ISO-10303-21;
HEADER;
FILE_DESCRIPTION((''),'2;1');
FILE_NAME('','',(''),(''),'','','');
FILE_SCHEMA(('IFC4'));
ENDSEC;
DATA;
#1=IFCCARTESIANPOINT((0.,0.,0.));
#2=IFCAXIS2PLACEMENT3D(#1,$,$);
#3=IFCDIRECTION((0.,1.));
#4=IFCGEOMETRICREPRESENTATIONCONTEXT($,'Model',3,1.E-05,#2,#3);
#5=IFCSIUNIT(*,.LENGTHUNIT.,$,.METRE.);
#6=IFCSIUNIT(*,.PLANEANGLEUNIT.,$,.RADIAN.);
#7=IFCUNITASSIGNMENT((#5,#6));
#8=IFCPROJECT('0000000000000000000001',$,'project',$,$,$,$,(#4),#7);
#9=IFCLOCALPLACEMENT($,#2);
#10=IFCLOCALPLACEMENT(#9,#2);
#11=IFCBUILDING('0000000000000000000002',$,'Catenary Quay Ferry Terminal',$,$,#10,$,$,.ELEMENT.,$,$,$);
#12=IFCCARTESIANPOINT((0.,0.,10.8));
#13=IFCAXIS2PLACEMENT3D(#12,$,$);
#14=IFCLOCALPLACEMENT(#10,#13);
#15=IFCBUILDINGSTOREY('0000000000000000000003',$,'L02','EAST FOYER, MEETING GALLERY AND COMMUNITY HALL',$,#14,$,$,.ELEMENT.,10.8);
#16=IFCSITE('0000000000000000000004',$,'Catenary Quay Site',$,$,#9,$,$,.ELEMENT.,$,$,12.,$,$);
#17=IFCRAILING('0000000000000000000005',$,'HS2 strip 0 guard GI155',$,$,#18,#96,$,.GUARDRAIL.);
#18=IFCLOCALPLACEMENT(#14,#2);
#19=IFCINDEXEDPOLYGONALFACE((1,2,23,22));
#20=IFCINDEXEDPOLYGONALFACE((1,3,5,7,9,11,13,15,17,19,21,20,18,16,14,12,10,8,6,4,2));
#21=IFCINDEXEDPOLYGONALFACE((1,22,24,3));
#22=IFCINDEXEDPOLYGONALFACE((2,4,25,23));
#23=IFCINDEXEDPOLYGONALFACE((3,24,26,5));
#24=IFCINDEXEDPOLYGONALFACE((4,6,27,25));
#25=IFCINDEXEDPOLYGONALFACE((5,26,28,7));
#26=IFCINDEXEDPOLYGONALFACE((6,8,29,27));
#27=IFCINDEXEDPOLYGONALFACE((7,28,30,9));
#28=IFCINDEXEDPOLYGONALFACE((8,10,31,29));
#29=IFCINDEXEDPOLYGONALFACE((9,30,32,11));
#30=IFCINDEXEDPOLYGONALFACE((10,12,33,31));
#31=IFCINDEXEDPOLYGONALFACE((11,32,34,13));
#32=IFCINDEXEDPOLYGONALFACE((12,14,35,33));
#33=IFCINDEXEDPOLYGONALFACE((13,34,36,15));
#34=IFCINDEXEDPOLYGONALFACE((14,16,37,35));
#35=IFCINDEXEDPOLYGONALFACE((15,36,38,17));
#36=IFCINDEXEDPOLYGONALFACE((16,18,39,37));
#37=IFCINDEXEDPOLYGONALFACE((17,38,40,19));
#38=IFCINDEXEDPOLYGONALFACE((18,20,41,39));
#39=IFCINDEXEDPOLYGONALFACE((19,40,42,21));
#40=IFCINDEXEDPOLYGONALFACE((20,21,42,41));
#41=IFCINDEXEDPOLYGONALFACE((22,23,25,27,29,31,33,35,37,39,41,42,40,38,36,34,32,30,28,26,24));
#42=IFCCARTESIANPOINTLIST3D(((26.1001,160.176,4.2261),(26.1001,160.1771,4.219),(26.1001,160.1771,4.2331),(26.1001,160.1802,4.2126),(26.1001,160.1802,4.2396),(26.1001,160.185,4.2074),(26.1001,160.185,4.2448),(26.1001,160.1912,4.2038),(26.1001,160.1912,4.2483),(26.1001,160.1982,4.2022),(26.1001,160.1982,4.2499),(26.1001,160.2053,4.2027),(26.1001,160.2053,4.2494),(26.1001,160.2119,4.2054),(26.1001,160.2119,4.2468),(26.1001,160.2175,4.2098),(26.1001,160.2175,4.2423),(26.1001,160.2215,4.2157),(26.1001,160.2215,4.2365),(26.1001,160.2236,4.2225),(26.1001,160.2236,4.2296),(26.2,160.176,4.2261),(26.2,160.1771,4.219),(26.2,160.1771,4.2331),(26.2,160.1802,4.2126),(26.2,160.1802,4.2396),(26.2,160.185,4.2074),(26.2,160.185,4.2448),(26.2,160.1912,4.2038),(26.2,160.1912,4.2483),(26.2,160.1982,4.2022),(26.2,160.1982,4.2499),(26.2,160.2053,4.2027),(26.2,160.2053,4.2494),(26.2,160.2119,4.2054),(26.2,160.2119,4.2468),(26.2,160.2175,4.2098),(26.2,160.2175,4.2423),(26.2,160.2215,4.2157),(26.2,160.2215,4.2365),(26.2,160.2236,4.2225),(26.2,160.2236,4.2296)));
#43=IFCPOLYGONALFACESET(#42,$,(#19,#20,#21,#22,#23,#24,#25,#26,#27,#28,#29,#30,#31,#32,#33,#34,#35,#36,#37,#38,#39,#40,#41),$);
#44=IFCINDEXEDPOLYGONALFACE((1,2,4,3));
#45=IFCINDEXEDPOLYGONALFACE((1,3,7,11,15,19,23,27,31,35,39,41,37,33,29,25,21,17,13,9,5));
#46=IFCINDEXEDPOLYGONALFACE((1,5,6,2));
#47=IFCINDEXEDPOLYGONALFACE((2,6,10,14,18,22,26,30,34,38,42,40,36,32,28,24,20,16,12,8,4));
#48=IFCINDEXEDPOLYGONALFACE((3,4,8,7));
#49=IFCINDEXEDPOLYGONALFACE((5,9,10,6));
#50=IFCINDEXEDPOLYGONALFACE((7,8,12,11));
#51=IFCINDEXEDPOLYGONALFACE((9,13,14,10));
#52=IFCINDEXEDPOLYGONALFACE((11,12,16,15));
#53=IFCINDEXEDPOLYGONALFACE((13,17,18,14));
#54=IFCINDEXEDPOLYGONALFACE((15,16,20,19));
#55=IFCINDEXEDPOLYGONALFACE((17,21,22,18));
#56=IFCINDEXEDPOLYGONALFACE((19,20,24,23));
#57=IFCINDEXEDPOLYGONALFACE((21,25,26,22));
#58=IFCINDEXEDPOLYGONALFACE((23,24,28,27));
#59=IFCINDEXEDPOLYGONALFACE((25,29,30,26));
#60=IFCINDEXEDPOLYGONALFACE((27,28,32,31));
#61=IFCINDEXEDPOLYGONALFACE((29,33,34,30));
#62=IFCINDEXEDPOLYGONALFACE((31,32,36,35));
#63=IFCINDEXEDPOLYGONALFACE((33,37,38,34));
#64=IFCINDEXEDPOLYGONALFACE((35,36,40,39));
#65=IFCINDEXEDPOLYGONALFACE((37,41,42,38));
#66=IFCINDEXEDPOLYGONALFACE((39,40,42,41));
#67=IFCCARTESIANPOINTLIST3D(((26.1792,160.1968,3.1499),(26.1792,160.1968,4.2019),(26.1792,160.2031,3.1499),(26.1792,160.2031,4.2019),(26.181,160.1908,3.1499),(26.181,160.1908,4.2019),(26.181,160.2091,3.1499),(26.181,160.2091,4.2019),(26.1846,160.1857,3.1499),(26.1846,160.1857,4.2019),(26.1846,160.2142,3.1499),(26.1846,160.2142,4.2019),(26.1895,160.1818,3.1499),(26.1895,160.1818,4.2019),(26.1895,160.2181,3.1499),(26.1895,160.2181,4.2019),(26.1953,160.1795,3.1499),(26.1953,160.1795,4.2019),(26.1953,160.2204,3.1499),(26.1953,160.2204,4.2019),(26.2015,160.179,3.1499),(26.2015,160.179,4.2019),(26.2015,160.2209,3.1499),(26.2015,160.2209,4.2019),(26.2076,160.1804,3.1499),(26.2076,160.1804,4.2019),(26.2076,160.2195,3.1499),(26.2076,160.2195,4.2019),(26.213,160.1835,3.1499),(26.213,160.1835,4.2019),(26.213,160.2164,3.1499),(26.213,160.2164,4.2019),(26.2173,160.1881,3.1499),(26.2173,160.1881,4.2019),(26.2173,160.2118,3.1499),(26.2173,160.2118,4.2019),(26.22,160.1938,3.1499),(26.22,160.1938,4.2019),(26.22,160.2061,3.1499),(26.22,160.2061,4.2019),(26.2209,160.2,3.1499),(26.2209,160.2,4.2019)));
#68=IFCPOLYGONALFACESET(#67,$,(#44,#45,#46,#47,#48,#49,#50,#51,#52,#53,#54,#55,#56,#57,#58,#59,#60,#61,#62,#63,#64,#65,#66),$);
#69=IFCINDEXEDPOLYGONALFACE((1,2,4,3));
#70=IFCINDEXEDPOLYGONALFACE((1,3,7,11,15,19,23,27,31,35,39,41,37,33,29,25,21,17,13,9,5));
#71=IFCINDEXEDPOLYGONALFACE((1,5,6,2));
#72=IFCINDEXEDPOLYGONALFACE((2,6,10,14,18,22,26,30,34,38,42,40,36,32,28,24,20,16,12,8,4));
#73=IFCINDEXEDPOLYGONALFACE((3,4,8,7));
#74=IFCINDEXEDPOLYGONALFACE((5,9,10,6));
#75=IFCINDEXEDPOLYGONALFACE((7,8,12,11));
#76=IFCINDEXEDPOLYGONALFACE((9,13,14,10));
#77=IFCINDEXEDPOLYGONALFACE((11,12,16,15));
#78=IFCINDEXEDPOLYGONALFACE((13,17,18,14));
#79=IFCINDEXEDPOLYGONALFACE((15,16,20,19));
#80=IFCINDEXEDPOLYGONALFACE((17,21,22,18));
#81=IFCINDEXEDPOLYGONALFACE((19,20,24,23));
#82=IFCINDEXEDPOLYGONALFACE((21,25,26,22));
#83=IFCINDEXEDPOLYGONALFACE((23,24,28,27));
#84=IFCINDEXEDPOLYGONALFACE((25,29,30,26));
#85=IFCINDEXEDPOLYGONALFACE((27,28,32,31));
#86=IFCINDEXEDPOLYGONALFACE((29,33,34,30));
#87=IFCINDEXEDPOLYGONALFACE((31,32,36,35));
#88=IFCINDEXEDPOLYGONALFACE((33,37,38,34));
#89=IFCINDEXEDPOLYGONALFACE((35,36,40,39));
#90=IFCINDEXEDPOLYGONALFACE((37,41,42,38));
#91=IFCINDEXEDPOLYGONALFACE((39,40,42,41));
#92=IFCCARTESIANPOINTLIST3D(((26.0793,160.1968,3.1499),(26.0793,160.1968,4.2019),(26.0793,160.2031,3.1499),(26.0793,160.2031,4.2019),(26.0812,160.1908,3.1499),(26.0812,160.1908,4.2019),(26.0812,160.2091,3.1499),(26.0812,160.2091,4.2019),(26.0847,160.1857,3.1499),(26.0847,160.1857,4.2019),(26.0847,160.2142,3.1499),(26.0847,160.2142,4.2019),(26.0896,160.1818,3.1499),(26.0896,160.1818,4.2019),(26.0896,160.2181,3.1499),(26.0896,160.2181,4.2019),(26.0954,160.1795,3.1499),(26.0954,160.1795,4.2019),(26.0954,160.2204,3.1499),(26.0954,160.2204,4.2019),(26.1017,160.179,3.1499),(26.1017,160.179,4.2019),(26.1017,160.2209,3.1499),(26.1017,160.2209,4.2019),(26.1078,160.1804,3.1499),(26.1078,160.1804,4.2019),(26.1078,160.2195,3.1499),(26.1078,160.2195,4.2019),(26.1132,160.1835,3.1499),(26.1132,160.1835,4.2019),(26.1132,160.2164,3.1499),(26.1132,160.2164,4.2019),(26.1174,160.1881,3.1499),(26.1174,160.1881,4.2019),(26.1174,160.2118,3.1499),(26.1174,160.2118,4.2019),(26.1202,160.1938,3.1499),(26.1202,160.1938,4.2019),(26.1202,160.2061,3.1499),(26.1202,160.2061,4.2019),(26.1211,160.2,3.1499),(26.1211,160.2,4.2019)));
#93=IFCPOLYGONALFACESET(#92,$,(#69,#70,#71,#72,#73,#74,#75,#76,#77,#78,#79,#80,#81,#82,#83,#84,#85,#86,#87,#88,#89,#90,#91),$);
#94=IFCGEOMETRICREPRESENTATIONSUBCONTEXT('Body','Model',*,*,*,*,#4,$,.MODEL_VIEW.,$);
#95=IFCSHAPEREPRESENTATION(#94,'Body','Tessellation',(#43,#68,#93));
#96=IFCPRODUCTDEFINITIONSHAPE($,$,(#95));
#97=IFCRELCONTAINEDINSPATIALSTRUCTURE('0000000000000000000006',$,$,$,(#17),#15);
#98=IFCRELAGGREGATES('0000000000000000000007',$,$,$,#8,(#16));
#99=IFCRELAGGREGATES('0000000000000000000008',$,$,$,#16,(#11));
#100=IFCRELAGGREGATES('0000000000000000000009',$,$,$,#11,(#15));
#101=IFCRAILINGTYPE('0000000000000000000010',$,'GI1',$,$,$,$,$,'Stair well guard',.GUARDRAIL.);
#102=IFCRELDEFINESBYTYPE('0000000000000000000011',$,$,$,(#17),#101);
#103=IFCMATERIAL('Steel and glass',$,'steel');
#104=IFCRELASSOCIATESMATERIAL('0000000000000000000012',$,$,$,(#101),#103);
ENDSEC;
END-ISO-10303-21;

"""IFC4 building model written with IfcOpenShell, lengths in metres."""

from ifc_helpers import new_model, si_unit, direction, frame, origin, origin_2d, place, context, subcontext, project, spatial, circle, extrude, material, type_object, element, save


model = new_model("IFC4")

# Units and contexts
model_context = context("Model", 3, precision=1e-05, world=origin(), true_north=direction((0.0, 1.0)))
body_context = subcontext(model_context, "Body", "Model", "MODEL_VIEW")
ifc_project = project(units=[si_unit("LENGTHUNIT", "METRE"), si_unit("PLANEANGLEUNIT", "RADIAN")], contexts=[model_context])

# Site, building, storey
site_placement = place(None, origin())
site = spatial("IfcSite", under=ifc_project, at=site_placement, Name="Catenary Quay Site", CompositionType="ELEMENT", RefElevation=12.0)
building_placement = place(site_placement, origin())
building = spatial("IfcBuilding", under=site, at=building_placement, Name="Catenary Quay Ferry Terminal", CompositionType="ELEMENT")
storey_placement = place(building_placement, frame((0.0, 0.0, 10.8)))
storey = spatial("IfcBuildingStorey", under=building, at=storey_placement, Name="L02", Description="EAST FOYER, MEETING GALLERY AND COMMUNITY HALL", CompositionType="ELEMENT", Elevation=10.8)

# Railing
ifc_material_1 = material(Name="Steel and glass", Category="steel")
railing_type_1 = type_object("IfcRailingType", Name="GI1", ElementType="Stair well guard", PredefinedType="GUARDRAIL", material=ifc_material_1)
railing_1_placement = place(storey_placement, frame((26.2, 160.2, 3.1499)))
element("IfcRailing", 1, at=railing_1_placement, inside=storey, type_object=railing_type_1, Name="HS2 strip 0 guard GI155", PredefinedType="GUARDRAIL", context=body_context, shape_type="SweptSolid", body=[
    extrude(circle(Radius=0.0239, at=origin_2d()), frame((0.0, 0.0, 1.0762), z_axis=(-1.0, 0.0, 0.0), x_axis=(0.0, -1.0, 0.0)), (0.0, 0.0, 1.0), 0.0999),
    extrude(circle(Radius=0.021, at=origin_2d()), origin(), (0.0, 0.0, 1.0), 1.052),
    extrude(circle(Radius=0.021, at=origin_2d()), frame((-0.0999, 0.0, 0.0)), (0.0, 0.0, 1.0), 1.052),
])

save(model, "model.ifc")
